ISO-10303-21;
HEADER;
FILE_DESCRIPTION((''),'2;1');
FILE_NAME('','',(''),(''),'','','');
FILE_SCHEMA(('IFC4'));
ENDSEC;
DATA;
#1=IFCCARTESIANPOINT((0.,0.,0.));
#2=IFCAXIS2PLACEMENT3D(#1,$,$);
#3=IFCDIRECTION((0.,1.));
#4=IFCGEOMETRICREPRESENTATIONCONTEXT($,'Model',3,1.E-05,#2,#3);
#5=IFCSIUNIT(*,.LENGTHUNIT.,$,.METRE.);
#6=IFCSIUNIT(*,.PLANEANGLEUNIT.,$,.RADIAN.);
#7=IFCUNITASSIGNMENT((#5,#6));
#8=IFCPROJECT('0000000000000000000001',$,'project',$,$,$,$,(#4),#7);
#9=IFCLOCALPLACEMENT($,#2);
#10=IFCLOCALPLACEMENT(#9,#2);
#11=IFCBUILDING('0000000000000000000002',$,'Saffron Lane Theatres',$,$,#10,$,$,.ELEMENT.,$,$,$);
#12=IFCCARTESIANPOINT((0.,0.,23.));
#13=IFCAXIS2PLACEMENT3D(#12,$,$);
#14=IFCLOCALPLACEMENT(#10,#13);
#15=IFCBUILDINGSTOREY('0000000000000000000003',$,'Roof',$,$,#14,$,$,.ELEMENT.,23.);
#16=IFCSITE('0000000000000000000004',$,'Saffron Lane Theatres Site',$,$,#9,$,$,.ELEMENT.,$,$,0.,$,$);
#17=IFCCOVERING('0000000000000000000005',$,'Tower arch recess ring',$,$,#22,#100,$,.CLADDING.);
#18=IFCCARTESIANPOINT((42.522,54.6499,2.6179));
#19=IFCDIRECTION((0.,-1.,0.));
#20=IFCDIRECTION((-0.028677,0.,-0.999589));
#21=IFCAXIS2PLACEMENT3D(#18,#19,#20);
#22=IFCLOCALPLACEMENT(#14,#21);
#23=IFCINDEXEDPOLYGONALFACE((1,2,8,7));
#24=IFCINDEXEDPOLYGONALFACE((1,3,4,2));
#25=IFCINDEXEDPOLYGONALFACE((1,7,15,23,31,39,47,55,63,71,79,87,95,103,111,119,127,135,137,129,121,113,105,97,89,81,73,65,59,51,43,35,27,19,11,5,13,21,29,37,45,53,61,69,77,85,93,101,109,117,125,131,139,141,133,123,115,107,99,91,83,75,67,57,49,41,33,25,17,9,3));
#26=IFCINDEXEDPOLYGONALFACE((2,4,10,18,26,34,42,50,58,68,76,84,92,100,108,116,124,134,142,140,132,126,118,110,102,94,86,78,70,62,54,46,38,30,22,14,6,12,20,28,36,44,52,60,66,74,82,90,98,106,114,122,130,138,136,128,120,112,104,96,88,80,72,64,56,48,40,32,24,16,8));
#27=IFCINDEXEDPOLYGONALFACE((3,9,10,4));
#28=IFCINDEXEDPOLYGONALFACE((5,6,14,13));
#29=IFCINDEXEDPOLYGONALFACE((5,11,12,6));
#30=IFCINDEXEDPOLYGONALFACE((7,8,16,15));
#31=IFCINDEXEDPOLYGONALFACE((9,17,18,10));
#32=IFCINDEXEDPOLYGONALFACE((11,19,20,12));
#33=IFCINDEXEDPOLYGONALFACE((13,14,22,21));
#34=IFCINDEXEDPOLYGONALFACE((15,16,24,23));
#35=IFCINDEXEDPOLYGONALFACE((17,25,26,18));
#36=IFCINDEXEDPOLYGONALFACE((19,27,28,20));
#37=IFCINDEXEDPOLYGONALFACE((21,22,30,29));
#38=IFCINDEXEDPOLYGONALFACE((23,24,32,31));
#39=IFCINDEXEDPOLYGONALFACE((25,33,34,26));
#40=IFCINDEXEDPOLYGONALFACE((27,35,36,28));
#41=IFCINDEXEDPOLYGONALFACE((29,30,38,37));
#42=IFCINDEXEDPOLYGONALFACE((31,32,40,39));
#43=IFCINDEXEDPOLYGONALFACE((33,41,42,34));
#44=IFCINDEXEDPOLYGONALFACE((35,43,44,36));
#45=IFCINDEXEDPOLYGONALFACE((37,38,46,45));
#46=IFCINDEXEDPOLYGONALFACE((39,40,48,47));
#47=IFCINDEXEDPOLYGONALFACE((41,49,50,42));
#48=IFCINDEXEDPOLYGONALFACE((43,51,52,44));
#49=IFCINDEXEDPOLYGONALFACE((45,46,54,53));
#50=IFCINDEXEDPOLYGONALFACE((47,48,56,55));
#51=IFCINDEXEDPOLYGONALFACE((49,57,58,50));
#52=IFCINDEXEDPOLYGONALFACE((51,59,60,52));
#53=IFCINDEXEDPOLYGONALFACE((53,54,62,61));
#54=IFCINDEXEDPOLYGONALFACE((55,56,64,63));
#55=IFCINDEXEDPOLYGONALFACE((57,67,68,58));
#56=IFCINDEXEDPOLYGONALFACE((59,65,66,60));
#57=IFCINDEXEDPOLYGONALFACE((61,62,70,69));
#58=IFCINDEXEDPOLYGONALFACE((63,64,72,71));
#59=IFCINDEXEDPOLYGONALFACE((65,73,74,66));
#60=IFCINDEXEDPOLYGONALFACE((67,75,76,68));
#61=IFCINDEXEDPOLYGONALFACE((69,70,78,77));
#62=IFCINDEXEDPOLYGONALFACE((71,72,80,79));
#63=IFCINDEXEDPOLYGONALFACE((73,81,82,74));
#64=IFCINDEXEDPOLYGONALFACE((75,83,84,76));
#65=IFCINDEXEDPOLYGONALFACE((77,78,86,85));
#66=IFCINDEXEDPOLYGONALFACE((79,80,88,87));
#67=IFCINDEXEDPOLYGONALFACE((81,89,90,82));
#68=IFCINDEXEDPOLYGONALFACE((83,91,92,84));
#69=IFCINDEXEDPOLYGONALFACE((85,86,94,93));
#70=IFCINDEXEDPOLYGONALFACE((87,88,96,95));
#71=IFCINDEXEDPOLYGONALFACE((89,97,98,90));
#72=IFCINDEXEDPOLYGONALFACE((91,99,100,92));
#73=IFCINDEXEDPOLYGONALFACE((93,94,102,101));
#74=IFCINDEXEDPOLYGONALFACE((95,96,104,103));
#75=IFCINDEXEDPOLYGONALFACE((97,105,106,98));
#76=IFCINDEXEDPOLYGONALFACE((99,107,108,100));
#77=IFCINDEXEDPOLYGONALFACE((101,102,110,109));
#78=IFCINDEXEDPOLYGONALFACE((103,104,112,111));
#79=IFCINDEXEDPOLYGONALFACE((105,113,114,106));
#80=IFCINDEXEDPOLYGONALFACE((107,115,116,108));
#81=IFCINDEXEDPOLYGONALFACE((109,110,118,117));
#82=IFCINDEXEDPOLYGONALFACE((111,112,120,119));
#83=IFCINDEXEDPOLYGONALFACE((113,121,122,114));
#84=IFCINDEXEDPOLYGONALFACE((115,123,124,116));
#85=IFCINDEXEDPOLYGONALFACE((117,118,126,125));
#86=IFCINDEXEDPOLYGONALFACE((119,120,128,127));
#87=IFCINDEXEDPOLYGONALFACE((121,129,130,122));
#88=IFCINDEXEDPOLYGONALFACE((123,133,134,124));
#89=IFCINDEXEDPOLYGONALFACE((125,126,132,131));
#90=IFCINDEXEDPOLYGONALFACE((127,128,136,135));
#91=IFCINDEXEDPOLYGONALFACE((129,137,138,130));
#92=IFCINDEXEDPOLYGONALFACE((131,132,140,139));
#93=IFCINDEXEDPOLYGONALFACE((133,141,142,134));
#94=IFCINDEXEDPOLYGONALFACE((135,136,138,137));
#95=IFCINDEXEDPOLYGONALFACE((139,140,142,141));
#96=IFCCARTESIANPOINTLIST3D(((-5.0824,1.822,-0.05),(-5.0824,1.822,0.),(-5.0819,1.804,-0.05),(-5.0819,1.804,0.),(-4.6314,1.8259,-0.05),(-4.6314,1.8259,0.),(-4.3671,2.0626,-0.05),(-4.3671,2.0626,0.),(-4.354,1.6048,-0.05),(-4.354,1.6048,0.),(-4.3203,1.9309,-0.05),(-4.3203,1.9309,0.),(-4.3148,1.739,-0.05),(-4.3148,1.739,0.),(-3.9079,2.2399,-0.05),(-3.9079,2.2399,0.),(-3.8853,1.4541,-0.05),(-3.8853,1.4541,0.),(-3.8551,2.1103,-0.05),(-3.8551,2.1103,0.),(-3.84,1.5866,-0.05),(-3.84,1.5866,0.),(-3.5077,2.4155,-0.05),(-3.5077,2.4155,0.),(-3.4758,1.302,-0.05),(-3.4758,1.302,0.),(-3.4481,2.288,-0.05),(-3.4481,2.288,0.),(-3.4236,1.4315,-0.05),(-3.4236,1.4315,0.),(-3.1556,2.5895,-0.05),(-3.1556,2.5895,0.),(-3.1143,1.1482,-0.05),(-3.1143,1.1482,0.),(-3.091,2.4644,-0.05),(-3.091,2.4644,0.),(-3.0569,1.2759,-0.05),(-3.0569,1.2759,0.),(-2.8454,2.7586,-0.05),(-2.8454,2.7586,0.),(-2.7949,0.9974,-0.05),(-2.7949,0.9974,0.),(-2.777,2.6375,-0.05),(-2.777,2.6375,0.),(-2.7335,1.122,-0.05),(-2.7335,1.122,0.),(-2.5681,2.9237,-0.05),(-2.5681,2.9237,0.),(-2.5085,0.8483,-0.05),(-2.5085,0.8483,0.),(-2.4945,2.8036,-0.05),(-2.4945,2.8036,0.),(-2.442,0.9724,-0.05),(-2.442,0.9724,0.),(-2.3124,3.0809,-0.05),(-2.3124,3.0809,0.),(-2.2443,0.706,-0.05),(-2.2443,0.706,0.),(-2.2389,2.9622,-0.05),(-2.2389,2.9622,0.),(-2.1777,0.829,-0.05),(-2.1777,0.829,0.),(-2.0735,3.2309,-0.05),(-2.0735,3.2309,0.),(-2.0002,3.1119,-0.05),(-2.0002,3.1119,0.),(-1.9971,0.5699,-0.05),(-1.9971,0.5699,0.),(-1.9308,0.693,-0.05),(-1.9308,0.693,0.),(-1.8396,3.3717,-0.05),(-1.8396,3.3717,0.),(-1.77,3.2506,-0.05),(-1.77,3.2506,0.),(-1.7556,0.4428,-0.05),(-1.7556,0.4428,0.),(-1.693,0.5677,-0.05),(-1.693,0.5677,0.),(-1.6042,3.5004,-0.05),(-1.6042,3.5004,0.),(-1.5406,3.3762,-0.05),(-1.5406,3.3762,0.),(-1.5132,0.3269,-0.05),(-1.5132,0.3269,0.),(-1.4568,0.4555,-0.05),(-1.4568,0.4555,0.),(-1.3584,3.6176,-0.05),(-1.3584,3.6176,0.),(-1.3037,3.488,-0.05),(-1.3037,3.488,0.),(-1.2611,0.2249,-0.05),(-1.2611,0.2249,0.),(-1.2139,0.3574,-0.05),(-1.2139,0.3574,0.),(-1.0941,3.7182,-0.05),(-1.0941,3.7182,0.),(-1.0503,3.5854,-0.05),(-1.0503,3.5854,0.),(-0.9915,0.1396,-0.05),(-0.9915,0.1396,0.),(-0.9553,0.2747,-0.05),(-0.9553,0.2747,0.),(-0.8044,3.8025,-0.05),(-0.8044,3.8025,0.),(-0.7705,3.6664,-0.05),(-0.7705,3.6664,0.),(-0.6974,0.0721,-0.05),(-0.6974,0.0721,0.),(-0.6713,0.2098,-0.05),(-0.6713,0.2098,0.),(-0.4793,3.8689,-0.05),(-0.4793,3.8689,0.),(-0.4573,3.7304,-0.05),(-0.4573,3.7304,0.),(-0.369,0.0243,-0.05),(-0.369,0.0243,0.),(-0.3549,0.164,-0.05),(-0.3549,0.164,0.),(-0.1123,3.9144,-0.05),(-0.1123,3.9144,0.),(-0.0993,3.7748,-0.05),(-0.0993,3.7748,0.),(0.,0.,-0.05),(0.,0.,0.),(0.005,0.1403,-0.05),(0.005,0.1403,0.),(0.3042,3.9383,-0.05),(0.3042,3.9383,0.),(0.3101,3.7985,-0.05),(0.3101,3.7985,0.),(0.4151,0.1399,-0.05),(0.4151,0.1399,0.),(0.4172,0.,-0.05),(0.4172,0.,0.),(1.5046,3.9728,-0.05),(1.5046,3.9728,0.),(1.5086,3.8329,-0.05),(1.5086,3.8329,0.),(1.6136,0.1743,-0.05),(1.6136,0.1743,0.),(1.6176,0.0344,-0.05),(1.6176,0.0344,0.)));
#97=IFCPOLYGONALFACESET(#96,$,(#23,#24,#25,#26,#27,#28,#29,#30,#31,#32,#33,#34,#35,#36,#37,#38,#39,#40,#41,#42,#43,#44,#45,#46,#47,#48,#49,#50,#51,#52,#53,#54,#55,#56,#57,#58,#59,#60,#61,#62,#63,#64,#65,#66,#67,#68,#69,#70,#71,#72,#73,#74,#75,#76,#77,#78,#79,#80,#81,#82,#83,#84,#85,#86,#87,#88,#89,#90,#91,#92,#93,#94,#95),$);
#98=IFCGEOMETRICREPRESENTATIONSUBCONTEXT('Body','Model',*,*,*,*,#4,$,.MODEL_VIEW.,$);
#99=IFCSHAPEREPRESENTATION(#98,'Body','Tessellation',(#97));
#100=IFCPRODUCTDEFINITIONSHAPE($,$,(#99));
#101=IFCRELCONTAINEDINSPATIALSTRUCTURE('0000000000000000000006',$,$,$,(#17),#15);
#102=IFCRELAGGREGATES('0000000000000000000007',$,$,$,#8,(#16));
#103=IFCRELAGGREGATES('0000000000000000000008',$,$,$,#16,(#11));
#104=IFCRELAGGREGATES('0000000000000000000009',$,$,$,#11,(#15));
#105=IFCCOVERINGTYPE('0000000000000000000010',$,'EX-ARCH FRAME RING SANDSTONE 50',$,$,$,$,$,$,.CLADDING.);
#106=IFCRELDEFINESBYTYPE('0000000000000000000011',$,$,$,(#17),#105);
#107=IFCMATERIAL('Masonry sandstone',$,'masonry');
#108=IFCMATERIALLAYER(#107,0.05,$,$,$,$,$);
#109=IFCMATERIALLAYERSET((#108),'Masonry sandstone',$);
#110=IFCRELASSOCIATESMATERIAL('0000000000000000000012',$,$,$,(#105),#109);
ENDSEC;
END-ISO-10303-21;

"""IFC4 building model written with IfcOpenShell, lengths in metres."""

from ifc_helpers import new_model, si_unit, direction, frame, origin, place, context, subcontext, project, spatial, polyline, outline, extrude, material, layer, layer_set, type_object, element, save


model = new_model("IFC4")

# Units and contexts
model_context = context("Model", 3, precision=1e-05, world=origin(), true_north=direction((0.0, 1.0)))
body_context = subcontext(model_context, "Body", "Model", "MODEL_VIEW")
ifc_project = project(units=[si_unit("LENGTHUNIT", "METRE"), si_unit("PLANEANGLEUNIT", "RADIAN")], contexts=[model_context])

# Site, building, storey
site_placement = place(None, origin())
site = spatial("IfcSite", under=ifc_project, at=site_placement, Name="Saffron Lane Theatres Site", CompositionType="ELEMENT", RefElevation=0.0)
building_placement = place(site_placement, origin())
building = spatial("IfcBuilding", under=site, at=building_placement, Name="Saffron Lane Theatres", CompositionType="ELEMENT")
storey_placement = place(building_placement, frame((0.0, 0.0, 23.0)))
storey = spatial("IfcBuildingStorey", under=building, at=storey_placement, Name="Roof", CompositionType="ELEMENT", Elevation=23.0)

# Covering
ifc_material_1 = material(Name="Masonry sandstone", Category="masonry")
ifc_layer_1 = layer(ifc_material_1, 0.05)
ifc_layer_set_1 = layer_set([ifc_layer_1], Name="Masonry sandstone")
covering_type_1 = type_object("IfcCoveringType", Name="EX-ARCH FRAME RING SANDSTONE 50", PredefinedType="CLADDING", material=ifc_layer_set_1)
covering_1_placement = place(storey_placement, frame((42.522, 54.6499, 2.6179), z_axis=(0.0, -1.0, 0.0), x_axis=(-0.028677, 0.0, -0.999589)))
element("IfcCovering", 1, at=covering_1_placement, inside=storey, type_object=covering_type_1, Name="Tower arch recess ring", PredefinedType="CLADDING", context=body_context, shape_type="SweptSolid", body=[
    extrude(outline(polyline([(0.0, 0.0), (0.4172, 0.0), (1.6176, 0.0344), (1.6136, 0.1743), (0.4151, 0.1399), (0.005, 0.1403), (-0.3549, 0.164), (-0.6713, 0.2098), (-0.9553, 0.2747), (-1.2139, 0.3574), (-1.4568, 0.4555), (-1.693, 0.5677), (-1.9308, 0.693), (-2.1777, 0.829), (-2.442, 0.9724), (-2.7335, 1.122), (-3.0569, 1.2759), (-3.4236, 1.4315), (-3.84, 1.5866), (-4.3148, 1.739), (-4.6314, 1.8259), (-4.3203, 1.9309), (-3.8551, 2.1103), (-3.4481, 2.288), (-3.091, 2.4644), (-2.777, 2.6375), (-2.4945, 2.8036), (-2.2389, 2.9622), (-2.0002, 3.1119), (-1.77, 3.2506), (-1.5406, 3.3762), (-1.3037, 3.488), (-1.0503, 3.5854), (-0.7705, 3.6664), (-0.4573, 3.7304), (-0.0993, 3.7748), (0.3101, 3.7985), (1.5086, 3.8329), (1.5046, 3.9728), (0.3042, 3.9383), (-0.1123, 3.9144), (-0.4793, 3.8689), (-0.8044, 3.8025), (-1.0941, 3.7182), (-1.3584, 3.6176), (-1.6042, 3.5004), (-1.8396, 3.3717), (-2.0735, 3.2309), (-2.3124, 3.0809), (-2.5681, 2.9237), (-2.8454, 2.7586), (-3.1556, 2.5895), (-3.5077, 2.4155), (-3.9079, 2.2399), (-4.3671, 2.0626), (-5.0824, 1.822), (-5.0819, 1.804), (-4.354, 1.6048), (-3.8853, 1.4541), (-3.4758, 1.302), (-3.1143, 1.1482), (-2.7949, 0.9974), (-2.5085, 0.8483), (-2.2443, 0.706), (-1.9971, 0.5699), (-1.7556, 0.4428), (-1.5132, 0.3269), (-1.2611, 0.2249), (-0.9915, 0.1396), (-0.6974, 0.0721), (-0.369, 0.0243), (0.0, 0.0)])), origin(), (0.0, 0.0, -1.0), 0.05),
])

save(model, "model.ifc")
